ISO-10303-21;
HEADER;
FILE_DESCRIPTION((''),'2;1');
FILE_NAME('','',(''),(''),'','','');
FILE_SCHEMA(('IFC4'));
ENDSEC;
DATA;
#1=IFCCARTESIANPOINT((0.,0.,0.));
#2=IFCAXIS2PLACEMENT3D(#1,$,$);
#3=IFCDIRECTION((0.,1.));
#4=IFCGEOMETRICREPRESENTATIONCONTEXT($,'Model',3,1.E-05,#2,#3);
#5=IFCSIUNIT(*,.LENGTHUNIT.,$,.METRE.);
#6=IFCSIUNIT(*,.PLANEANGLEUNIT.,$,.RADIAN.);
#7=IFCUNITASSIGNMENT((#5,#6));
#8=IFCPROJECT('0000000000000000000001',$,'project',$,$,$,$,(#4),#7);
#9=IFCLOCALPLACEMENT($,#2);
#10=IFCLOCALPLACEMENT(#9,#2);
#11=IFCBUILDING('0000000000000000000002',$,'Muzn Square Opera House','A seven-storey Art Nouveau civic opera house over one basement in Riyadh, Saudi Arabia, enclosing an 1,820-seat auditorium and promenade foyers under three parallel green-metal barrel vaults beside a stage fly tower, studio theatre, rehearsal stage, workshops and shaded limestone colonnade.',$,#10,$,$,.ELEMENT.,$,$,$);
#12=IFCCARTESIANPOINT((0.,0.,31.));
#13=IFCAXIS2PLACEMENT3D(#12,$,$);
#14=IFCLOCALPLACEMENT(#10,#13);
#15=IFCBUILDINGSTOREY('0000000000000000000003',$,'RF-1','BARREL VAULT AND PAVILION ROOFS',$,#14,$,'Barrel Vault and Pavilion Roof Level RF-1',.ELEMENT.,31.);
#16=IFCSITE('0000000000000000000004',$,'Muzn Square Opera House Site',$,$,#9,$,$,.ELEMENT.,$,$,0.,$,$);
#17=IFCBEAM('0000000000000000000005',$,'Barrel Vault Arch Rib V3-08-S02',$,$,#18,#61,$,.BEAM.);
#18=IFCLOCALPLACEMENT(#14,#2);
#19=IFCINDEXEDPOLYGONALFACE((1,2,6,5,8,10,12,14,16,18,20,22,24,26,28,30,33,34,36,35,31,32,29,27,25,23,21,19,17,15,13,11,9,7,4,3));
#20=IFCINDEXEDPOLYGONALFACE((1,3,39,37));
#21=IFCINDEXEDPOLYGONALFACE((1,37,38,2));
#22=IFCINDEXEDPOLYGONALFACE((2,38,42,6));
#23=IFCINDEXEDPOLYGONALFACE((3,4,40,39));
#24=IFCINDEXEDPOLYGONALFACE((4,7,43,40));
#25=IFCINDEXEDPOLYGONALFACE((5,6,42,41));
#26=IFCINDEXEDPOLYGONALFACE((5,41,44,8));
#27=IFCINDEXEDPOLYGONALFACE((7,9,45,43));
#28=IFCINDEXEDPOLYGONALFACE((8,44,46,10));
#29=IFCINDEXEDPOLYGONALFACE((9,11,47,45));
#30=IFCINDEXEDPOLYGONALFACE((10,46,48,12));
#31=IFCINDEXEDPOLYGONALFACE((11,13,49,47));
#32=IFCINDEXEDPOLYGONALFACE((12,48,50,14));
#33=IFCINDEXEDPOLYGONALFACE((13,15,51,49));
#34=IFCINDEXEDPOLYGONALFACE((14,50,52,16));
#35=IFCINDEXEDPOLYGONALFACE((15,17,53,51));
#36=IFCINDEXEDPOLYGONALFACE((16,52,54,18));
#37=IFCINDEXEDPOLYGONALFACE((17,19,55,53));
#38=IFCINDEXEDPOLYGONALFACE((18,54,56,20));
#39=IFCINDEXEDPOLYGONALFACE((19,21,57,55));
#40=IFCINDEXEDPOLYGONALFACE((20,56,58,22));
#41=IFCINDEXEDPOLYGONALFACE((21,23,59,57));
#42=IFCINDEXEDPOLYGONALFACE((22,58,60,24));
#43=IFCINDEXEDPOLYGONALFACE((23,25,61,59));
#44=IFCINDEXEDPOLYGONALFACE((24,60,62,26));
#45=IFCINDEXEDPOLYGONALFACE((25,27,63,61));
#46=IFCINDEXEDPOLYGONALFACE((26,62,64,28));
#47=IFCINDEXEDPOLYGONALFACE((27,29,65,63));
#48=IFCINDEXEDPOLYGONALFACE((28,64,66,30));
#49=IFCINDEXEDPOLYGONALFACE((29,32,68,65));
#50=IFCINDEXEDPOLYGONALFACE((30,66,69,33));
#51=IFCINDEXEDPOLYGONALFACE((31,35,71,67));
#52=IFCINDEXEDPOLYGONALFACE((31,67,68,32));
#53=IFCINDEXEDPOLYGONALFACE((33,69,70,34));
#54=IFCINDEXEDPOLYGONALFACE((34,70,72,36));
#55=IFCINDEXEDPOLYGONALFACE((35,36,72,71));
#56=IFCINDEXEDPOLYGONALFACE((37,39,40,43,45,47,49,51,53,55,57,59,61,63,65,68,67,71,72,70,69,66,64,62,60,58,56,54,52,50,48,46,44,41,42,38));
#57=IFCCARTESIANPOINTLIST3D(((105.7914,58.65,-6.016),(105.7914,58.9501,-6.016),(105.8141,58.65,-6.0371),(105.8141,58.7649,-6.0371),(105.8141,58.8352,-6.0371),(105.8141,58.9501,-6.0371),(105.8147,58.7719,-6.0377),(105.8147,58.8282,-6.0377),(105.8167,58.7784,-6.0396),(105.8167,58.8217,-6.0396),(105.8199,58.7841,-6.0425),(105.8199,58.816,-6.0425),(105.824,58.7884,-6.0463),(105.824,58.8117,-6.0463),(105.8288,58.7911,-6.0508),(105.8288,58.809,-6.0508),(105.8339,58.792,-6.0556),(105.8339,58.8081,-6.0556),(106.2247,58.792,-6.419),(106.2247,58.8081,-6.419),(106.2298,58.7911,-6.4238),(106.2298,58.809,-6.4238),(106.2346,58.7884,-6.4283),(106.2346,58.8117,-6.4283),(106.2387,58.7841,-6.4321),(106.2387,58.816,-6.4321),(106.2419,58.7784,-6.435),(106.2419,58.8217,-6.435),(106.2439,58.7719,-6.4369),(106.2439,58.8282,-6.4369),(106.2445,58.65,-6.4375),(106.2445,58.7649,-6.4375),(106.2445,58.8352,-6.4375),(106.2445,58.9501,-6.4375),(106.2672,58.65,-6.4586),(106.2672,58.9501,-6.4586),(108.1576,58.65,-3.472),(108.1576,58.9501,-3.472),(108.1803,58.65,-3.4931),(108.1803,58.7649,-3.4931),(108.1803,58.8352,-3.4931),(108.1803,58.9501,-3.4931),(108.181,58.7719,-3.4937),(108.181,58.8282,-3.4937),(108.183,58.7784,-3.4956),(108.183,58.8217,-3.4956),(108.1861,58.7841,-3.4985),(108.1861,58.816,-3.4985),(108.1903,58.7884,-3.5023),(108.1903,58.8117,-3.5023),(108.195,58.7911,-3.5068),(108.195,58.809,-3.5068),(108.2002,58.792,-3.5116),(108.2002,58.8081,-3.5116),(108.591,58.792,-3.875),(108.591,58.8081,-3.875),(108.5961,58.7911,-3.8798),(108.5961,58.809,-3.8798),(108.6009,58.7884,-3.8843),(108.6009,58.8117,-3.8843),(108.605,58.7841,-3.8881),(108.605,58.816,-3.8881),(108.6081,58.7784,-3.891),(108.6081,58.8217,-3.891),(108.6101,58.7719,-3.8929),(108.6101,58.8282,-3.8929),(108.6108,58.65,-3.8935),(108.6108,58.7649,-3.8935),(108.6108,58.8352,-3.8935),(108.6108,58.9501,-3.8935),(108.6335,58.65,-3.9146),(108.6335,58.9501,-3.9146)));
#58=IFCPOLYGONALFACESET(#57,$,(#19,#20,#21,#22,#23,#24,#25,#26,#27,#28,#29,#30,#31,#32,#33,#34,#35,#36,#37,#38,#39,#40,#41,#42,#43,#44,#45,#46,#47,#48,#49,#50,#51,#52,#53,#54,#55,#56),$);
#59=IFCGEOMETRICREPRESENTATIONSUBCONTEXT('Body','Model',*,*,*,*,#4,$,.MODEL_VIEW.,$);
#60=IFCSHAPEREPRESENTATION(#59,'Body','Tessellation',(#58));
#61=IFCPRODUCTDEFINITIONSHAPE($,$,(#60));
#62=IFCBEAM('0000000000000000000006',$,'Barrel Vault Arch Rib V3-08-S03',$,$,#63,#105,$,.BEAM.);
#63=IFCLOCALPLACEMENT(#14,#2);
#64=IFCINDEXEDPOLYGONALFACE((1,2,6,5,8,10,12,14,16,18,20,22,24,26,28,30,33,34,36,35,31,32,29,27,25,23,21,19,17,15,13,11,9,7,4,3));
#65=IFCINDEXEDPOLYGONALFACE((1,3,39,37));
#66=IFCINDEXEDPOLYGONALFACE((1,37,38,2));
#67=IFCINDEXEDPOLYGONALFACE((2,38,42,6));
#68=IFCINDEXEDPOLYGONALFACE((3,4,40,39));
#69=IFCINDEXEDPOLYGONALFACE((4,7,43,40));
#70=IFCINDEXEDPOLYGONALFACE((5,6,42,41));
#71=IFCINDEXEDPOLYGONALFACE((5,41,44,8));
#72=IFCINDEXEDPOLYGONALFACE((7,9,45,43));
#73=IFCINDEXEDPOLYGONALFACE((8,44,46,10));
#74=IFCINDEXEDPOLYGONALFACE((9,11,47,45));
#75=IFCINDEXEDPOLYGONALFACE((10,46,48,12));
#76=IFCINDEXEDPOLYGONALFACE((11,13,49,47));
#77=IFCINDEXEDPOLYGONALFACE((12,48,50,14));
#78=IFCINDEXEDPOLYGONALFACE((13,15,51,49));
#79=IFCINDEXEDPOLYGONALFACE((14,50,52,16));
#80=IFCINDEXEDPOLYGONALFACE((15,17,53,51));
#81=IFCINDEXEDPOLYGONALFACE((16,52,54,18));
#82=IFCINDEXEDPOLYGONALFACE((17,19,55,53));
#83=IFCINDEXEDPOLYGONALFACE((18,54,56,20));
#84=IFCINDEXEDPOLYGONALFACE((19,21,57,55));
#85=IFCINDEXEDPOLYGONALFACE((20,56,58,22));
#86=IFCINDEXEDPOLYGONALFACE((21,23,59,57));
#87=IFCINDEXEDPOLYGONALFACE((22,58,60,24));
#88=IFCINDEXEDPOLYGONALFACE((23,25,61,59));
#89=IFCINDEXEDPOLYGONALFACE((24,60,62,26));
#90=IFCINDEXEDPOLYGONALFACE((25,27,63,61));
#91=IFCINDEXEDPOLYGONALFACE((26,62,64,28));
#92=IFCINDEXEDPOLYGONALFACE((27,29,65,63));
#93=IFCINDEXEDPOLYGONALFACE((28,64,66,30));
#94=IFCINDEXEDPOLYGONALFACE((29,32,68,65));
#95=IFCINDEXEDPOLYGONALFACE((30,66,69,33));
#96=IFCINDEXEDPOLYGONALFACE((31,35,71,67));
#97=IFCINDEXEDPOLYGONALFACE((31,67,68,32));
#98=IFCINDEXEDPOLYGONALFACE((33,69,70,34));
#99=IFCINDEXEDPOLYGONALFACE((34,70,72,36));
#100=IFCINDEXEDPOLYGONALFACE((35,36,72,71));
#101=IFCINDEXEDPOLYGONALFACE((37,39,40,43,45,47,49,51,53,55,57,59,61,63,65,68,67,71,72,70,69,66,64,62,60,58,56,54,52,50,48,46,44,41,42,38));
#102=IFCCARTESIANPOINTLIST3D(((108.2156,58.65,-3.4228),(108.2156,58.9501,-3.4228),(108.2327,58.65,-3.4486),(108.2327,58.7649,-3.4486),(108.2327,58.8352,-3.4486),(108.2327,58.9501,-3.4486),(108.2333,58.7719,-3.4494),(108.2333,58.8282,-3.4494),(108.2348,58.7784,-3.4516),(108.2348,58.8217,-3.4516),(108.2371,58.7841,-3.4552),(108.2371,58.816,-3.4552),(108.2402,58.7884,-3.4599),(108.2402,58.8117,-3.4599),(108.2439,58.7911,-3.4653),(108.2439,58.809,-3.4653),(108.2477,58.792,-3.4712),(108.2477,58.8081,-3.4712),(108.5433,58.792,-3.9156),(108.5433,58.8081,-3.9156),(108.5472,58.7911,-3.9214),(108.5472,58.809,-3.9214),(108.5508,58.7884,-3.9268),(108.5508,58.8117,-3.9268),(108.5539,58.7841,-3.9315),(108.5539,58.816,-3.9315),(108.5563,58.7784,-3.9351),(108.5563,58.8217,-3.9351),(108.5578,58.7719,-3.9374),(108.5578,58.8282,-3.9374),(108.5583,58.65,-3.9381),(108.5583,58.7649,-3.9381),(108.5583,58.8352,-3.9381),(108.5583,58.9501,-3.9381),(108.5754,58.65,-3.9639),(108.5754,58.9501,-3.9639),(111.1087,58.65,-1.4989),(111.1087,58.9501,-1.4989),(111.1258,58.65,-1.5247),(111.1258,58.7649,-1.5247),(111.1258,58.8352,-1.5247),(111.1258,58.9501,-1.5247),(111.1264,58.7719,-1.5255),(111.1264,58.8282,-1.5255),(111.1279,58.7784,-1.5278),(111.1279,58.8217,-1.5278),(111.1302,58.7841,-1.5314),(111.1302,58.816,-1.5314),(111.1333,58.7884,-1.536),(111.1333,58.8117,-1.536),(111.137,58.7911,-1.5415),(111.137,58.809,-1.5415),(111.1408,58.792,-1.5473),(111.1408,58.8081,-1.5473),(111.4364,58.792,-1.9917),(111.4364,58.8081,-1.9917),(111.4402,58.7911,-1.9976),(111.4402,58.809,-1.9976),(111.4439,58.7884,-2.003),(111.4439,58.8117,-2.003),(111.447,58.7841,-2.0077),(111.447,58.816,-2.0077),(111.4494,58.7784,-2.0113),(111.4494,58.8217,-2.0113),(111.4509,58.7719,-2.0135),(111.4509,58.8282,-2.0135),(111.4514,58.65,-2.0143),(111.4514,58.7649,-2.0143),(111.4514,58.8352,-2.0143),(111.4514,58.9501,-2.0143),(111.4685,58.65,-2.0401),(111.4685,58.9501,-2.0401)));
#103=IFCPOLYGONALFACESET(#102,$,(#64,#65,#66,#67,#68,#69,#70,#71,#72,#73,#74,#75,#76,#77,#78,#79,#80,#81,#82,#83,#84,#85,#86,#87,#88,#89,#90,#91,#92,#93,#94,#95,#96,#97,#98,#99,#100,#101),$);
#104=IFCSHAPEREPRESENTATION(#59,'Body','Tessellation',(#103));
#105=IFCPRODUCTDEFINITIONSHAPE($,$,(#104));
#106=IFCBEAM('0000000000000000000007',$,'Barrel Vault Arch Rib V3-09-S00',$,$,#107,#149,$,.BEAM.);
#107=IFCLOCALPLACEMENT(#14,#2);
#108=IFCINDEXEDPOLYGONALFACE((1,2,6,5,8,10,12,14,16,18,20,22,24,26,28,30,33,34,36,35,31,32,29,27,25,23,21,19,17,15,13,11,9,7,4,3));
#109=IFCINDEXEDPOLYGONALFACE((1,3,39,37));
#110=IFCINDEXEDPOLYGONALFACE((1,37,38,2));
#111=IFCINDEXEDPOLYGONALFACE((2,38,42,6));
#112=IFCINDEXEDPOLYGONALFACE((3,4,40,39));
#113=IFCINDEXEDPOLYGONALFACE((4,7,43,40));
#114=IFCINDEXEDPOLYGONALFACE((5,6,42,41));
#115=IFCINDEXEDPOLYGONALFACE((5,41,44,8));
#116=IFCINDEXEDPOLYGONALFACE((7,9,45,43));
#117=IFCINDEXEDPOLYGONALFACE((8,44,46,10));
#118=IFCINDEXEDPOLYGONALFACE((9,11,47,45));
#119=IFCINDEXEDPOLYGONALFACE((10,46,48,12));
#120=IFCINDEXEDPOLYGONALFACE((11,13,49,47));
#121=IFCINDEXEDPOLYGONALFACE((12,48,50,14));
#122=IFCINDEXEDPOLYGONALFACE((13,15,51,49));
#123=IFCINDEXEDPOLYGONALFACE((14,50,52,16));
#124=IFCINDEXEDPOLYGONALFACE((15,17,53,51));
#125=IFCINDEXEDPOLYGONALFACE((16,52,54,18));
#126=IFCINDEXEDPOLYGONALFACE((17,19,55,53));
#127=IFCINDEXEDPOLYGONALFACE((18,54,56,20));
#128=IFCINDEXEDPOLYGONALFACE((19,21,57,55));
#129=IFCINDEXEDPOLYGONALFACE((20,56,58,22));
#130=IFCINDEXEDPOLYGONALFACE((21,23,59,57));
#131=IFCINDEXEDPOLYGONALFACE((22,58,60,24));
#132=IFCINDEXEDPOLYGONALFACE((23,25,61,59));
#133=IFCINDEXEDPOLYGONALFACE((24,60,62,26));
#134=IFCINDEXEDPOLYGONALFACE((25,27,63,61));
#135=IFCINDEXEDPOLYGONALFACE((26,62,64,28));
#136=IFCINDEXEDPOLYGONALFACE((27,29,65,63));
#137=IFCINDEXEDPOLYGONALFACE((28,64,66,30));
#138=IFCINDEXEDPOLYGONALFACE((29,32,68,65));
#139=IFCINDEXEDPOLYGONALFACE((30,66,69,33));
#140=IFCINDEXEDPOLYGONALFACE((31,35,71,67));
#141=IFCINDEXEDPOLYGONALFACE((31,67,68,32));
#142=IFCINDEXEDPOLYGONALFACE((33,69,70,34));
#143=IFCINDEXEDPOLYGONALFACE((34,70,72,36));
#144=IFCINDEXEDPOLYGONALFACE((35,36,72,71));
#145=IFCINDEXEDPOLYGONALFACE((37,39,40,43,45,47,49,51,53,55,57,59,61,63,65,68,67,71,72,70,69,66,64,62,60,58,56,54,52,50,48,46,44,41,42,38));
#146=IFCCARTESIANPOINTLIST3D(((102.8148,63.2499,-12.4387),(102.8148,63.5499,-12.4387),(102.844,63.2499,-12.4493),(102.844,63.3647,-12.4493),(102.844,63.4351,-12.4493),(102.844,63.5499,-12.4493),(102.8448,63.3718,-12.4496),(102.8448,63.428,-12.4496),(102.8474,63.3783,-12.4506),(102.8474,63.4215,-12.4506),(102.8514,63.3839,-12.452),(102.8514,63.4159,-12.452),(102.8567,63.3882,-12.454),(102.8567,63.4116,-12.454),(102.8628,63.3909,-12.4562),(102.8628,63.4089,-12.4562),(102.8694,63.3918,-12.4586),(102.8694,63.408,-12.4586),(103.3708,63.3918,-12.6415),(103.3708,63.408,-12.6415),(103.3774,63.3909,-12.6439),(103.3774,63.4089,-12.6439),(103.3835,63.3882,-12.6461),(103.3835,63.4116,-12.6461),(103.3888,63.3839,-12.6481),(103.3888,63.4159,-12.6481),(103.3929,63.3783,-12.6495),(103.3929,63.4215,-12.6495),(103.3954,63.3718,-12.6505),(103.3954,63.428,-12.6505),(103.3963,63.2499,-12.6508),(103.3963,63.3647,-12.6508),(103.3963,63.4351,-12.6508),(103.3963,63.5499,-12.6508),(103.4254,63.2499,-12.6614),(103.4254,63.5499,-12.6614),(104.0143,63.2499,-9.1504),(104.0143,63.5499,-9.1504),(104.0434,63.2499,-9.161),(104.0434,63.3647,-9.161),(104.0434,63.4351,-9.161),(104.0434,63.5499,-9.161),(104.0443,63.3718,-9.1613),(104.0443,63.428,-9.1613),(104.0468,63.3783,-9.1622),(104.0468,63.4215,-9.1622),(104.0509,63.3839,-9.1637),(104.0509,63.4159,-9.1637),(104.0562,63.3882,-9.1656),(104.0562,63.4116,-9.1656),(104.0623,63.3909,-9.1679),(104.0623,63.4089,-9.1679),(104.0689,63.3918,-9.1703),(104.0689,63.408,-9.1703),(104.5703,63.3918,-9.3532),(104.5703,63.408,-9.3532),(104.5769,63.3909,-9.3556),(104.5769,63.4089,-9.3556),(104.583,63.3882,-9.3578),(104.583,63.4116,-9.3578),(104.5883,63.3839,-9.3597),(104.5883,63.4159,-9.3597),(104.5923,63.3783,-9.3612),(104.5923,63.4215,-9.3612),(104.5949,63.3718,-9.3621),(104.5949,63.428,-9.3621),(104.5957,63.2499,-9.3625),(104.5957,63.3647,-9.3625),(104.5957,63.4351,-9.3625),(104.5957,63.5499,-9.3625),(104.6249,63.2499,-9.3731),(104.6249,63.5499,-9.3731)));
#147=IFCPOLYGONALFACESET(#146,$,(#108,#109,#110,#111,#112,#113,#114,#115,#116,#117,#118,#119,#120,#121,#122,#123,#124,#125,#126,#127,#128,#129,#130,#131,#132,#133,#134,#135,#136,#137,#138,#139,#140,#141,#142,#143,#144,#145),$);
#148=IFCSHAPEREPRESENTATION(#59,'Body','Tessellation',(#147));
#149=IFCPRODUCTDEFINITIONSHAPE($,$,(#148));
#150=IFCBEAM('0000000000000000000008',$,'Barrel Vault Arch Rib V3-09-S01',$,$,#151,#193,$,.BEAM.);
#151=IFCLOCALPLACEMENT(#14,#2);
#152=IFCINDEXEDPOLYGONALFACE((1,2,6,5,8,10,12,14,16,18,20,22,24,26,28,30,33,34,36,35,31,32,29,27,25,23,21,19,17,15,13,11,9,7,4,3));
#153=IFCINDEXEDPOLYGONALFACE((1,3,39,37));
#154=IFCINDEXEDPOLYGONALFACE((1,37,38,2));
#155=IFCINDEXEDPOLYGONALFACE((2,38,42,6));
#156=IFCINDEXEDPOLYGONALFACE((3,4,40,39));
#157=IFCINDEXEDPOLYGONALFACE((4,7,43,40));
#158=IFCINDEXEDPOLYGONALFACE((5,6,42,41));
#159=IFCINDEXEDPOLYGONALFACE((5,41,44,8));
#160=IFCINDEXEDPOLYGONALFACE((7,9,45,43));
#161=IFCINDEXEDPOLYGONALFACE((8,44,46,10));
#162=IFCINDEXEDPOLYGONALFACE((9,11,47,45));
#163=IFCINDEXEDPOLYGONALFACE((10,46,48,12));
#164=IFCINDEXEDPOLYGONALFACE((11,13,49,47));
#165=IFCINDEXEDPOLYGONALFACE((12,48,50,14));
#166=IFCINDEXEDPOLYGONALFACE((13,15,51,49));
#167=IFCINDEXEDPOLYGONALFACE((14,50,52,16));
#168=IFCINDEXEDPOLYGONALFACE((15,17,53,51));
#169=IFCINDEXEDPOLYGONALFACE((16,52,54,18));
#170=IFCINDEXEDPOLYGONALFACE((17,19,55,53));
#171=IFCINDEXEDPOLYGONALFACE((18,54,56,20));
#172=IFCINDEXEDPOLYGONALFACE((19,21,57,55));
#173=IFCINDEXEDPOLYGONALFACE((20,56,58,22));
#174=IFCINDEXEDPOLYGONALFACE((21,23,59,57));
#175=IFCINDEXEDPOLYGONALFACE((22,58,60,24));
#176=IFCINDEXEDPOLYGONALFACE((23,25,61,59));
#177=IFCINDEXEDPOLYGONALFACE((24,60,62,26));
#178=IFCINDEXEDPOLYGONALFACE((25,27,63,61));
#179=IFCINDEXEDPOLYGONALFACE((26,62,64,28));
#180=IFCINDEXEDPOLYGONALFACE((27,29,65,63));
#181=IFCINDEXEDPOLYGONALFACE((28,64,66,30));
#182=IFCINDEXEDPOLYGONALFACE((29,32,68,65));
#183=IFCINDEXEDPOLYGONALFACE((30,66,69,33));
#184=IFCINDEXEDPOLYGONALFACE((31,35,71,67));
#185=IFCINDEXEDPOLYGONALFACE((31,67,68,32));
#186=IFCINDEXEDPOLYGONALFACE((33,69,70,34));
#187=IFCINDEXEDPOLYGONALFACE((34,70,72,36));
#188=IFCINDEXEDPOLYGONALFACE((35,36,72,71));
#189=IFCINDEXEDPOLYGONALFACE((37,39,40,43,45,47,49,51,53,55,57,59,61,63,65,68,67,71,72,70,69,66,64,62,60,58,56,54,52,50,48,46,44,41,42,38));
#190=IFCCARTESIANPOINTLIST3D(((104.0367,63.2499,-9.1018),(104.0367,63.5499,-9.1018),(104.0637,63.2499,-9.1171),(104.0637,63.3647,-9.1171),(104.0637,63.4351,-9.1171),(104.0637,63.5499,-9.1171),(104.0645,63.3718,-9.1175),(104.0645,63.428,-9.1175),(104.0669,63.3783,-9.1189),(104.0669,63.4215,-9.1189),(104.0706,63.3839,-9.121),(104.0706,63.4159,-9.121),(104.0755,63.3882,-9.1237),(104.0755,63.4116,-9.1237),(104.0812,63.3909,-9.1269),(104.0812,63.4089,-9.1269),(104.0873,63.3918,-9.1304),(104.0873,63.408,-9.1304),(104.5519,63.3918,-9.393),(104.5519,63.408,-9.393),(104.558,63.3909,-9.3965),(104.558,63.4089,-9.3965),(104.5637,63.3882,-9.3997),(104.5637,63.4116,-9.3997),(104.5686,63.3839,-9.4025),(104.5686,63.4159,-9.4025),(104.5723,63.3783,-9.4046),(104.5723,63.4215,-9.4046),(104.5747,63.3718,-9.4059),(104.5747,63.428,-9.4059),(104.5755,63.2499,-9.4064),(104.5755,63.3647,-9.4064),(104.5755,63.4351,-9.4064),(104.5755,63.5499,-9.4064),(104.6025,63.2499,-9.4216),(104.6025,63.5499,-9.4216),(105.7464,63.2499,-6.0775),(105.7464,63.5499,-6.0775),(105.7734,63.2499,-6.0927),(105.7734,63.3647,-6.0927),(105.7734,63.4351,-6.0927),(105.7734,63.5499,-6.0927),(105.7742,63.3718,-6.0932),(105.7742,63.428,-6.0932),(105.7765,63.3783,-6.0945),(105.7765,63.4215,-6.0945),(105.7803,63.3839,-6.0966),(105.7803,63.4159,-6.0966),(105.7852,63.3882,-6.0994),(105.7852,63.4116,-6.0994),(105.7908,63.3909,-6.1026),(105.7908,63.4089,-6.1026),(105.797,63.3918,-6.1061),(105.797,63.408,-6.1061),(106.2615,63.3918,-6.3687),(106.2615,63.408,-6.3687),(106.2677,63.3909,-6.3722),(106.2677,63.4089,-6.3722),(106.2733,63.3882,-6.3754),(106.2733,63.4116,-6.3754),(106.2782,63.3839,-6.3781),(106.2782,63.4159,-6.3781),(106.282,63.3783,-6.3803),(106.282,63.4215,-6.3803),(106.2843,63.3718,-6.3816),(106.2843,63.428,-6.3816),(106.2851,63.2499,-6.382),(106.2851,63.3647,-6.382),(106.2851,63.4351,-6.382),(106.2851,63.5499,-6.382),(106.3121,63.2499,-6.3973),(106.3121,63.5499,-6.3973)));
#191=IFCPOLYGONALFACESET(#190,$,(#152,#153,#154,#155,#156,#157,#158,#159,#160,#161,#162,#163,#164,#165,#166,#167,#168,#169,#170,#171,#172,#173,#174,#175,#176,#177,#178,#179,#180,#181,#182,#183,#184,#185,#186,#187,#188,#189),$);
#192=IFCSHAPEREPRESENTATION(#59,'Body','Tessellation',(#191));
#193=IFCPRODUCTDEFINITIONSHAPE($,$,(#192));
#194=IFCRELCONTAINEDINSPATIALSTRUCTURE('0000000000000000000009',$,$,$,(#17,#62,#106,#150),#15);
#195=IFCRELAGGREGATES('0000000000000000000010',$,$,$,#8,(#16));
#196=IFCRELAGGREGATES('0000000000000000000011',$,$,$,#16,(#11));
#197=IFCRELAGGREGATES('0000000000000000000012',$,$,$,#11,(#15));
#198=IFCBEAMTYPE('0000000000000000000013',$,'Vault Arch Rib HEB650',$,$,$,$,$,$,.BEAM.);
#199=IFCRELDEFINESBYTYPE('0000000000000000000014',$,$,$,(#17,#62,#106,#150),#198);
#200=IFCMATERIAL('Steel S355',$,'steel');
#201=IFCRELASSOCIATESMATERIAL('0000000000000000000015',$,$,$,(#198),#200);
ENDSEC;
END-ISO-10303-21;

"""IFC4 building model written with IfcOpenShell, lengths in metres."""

from ifc_helpers import new_model, si_unit, direction, frame, origin, origin_2d, place, context, subcontext, project, spatial, i_section, extrude, material, material_profile, profile_set, type_object, element, save


model = new_model("IFC4")

# Units and contexts
model_context = context("Model", 3, precision=1e-05, world=origin(), true_north=direction((0.0, 1.0)))
body_context = subcontext(model_context, "Body", "Model", "MODEL_VIEW")
ifc_project = project(units=[si_unit("LENGTHUNIT", "METRE"), si_unit("PLANEANGLEUNIT", "RADIAN")], contexts=[model_context])

# Site, building, storey
site_placement = place(None, origin())
site = spatial("IfcSite", under=ifc_project, at=site_placement, Name="Muzn Square Opera House Site", CompositionType="ELEMENT", RefElevation=0.0)
building_placement = place(site_placement, origin())
building = spatial("IfcBuilding", under=site, at=building_placement, Name="Muzn Square Opera House", Description="A seven-storey Art Nouveau civic opera house over one basement in Riyadh, Saudi Arabia, enclosing an 1,820-seat auditorium and promenade foyers under three parallel green-metal barrel vaults beside a stage fly tower, studio theatre, rehearsal stage, workshops and shaded limestone colonnade.", CompositionType="ELEMENT")
storey_placement = place(building_placement, frame((0.0, 0.0, 31.0)))
storey = spatial("IfcBuildingStorey", under=building, at=storey_placement, Name="RF-1", Description="BARREL VAULT AND PAVILION ROOFS", LongName="Barrel Vault and Pavilion Roof Level RF-1", CompositionType="ELEMENT", Elevation=31.0)

# Beams
ifc_material_1 = material(Name="Steel S355", Category="steel")
ifc_material_profile_1 = material_profile(ifc_material_1, i_section(OverallWidth=0.3, OverallDepth=0.6499, WebThickness=0.0161, FlangeThickness=0.031, FilletRadius=0.0271, at=origin_2d()), Name="HEB 650", Category="steel")
ifc_profile_set_1 = profile_set([ifc_material_profile_1], Name="Steel S355")
beam_type_1 = type_object("IfcBeamType", Name="Vault Arch Rib HEB650", PredefinedType="BEAM", material=ifc_profile_set_1)
for number, where, z_axis, x_axis, name in (
    (1, (106.0293, 58.8, -6.2373), (0.681065, 0.0, 0.732223), (0.0, 1.0, 0.0), "Barrel Vault Arch Rib V3-08-S02"),
    (2, (108.3955, 58.8, -3.6934), (0.832698, 0.0, 0.553727), (0.0, 1.0, 0.0), "Barrel Vault Arch Rib V3-08-S03"),
):
    element("IfcBeam", number, at=place(storey_placement, frame(where, z_axis=z_axis, x_axis=x_axis)), inside=storey, type_object=beam_type_1, Name=name, PredefinedType="BEAM", context=body_context, shape_type="SweptSolid", body=[
        extrude(i_section(OverallWidth=0.3, OverallDepth=0.6499, WebThickness=0.0161, FlangeThickness=0.031, FilletRadius=0.0271, at=origin_2d()), origin(), (0.0, 0.0, 1.0), 3.4744),
    ])
beam_1_placement = place(storey_placement, frame((103.1201, 63.3999, -12.55), z_axis=(0.342678, 0.0, 0.939453), x_axis=(0.0, 1.0, 0.0)))
element("IfcBeam", 3, at=beam_1_placement, inside=storey, type_object=beam_type_1, Name="Barrel Vault Arch Rib V3-09-S00", PredefinedType="BEAM", context=body_context, shape_type="SweptSolid", body=[
    extrude(i_section(OverallWidth=0.3, OverallDepth=0.6499, WebThickness=0.0161, FlangeThickness=0.031, FilletRadius=0.0271, at=origin_2d()), origin(), (0.0, 0.0, 1.0), 3.5002),
])
beam_2_placement = place(storey_placement, frame((104.3196, 63.3999, -9.2617), z_axis=(0.492115, 0.0, 0.87053), x_axis=(0.0, 1.0, 0.0)))
element("IfcBeam", 4, at=beam_2_placement, inside=storey, type_object=beam_type_1, Name="Barrel Vault Arch Rib V3-09-S01", PredefinedType="BEAM", context=body_context, shape_type="SweptSolid", body=[
    extrude(i_section(OverallWidth=0.3, OverallDepth=0.6499, WebThickness=0.0161, FlangeThickness=0.031, FilletRadius=0.0271, at=origin_2d()), origin(), (0.0, 0.0, 1.0), 3.4741),
])

save(model, "model.ifc")
